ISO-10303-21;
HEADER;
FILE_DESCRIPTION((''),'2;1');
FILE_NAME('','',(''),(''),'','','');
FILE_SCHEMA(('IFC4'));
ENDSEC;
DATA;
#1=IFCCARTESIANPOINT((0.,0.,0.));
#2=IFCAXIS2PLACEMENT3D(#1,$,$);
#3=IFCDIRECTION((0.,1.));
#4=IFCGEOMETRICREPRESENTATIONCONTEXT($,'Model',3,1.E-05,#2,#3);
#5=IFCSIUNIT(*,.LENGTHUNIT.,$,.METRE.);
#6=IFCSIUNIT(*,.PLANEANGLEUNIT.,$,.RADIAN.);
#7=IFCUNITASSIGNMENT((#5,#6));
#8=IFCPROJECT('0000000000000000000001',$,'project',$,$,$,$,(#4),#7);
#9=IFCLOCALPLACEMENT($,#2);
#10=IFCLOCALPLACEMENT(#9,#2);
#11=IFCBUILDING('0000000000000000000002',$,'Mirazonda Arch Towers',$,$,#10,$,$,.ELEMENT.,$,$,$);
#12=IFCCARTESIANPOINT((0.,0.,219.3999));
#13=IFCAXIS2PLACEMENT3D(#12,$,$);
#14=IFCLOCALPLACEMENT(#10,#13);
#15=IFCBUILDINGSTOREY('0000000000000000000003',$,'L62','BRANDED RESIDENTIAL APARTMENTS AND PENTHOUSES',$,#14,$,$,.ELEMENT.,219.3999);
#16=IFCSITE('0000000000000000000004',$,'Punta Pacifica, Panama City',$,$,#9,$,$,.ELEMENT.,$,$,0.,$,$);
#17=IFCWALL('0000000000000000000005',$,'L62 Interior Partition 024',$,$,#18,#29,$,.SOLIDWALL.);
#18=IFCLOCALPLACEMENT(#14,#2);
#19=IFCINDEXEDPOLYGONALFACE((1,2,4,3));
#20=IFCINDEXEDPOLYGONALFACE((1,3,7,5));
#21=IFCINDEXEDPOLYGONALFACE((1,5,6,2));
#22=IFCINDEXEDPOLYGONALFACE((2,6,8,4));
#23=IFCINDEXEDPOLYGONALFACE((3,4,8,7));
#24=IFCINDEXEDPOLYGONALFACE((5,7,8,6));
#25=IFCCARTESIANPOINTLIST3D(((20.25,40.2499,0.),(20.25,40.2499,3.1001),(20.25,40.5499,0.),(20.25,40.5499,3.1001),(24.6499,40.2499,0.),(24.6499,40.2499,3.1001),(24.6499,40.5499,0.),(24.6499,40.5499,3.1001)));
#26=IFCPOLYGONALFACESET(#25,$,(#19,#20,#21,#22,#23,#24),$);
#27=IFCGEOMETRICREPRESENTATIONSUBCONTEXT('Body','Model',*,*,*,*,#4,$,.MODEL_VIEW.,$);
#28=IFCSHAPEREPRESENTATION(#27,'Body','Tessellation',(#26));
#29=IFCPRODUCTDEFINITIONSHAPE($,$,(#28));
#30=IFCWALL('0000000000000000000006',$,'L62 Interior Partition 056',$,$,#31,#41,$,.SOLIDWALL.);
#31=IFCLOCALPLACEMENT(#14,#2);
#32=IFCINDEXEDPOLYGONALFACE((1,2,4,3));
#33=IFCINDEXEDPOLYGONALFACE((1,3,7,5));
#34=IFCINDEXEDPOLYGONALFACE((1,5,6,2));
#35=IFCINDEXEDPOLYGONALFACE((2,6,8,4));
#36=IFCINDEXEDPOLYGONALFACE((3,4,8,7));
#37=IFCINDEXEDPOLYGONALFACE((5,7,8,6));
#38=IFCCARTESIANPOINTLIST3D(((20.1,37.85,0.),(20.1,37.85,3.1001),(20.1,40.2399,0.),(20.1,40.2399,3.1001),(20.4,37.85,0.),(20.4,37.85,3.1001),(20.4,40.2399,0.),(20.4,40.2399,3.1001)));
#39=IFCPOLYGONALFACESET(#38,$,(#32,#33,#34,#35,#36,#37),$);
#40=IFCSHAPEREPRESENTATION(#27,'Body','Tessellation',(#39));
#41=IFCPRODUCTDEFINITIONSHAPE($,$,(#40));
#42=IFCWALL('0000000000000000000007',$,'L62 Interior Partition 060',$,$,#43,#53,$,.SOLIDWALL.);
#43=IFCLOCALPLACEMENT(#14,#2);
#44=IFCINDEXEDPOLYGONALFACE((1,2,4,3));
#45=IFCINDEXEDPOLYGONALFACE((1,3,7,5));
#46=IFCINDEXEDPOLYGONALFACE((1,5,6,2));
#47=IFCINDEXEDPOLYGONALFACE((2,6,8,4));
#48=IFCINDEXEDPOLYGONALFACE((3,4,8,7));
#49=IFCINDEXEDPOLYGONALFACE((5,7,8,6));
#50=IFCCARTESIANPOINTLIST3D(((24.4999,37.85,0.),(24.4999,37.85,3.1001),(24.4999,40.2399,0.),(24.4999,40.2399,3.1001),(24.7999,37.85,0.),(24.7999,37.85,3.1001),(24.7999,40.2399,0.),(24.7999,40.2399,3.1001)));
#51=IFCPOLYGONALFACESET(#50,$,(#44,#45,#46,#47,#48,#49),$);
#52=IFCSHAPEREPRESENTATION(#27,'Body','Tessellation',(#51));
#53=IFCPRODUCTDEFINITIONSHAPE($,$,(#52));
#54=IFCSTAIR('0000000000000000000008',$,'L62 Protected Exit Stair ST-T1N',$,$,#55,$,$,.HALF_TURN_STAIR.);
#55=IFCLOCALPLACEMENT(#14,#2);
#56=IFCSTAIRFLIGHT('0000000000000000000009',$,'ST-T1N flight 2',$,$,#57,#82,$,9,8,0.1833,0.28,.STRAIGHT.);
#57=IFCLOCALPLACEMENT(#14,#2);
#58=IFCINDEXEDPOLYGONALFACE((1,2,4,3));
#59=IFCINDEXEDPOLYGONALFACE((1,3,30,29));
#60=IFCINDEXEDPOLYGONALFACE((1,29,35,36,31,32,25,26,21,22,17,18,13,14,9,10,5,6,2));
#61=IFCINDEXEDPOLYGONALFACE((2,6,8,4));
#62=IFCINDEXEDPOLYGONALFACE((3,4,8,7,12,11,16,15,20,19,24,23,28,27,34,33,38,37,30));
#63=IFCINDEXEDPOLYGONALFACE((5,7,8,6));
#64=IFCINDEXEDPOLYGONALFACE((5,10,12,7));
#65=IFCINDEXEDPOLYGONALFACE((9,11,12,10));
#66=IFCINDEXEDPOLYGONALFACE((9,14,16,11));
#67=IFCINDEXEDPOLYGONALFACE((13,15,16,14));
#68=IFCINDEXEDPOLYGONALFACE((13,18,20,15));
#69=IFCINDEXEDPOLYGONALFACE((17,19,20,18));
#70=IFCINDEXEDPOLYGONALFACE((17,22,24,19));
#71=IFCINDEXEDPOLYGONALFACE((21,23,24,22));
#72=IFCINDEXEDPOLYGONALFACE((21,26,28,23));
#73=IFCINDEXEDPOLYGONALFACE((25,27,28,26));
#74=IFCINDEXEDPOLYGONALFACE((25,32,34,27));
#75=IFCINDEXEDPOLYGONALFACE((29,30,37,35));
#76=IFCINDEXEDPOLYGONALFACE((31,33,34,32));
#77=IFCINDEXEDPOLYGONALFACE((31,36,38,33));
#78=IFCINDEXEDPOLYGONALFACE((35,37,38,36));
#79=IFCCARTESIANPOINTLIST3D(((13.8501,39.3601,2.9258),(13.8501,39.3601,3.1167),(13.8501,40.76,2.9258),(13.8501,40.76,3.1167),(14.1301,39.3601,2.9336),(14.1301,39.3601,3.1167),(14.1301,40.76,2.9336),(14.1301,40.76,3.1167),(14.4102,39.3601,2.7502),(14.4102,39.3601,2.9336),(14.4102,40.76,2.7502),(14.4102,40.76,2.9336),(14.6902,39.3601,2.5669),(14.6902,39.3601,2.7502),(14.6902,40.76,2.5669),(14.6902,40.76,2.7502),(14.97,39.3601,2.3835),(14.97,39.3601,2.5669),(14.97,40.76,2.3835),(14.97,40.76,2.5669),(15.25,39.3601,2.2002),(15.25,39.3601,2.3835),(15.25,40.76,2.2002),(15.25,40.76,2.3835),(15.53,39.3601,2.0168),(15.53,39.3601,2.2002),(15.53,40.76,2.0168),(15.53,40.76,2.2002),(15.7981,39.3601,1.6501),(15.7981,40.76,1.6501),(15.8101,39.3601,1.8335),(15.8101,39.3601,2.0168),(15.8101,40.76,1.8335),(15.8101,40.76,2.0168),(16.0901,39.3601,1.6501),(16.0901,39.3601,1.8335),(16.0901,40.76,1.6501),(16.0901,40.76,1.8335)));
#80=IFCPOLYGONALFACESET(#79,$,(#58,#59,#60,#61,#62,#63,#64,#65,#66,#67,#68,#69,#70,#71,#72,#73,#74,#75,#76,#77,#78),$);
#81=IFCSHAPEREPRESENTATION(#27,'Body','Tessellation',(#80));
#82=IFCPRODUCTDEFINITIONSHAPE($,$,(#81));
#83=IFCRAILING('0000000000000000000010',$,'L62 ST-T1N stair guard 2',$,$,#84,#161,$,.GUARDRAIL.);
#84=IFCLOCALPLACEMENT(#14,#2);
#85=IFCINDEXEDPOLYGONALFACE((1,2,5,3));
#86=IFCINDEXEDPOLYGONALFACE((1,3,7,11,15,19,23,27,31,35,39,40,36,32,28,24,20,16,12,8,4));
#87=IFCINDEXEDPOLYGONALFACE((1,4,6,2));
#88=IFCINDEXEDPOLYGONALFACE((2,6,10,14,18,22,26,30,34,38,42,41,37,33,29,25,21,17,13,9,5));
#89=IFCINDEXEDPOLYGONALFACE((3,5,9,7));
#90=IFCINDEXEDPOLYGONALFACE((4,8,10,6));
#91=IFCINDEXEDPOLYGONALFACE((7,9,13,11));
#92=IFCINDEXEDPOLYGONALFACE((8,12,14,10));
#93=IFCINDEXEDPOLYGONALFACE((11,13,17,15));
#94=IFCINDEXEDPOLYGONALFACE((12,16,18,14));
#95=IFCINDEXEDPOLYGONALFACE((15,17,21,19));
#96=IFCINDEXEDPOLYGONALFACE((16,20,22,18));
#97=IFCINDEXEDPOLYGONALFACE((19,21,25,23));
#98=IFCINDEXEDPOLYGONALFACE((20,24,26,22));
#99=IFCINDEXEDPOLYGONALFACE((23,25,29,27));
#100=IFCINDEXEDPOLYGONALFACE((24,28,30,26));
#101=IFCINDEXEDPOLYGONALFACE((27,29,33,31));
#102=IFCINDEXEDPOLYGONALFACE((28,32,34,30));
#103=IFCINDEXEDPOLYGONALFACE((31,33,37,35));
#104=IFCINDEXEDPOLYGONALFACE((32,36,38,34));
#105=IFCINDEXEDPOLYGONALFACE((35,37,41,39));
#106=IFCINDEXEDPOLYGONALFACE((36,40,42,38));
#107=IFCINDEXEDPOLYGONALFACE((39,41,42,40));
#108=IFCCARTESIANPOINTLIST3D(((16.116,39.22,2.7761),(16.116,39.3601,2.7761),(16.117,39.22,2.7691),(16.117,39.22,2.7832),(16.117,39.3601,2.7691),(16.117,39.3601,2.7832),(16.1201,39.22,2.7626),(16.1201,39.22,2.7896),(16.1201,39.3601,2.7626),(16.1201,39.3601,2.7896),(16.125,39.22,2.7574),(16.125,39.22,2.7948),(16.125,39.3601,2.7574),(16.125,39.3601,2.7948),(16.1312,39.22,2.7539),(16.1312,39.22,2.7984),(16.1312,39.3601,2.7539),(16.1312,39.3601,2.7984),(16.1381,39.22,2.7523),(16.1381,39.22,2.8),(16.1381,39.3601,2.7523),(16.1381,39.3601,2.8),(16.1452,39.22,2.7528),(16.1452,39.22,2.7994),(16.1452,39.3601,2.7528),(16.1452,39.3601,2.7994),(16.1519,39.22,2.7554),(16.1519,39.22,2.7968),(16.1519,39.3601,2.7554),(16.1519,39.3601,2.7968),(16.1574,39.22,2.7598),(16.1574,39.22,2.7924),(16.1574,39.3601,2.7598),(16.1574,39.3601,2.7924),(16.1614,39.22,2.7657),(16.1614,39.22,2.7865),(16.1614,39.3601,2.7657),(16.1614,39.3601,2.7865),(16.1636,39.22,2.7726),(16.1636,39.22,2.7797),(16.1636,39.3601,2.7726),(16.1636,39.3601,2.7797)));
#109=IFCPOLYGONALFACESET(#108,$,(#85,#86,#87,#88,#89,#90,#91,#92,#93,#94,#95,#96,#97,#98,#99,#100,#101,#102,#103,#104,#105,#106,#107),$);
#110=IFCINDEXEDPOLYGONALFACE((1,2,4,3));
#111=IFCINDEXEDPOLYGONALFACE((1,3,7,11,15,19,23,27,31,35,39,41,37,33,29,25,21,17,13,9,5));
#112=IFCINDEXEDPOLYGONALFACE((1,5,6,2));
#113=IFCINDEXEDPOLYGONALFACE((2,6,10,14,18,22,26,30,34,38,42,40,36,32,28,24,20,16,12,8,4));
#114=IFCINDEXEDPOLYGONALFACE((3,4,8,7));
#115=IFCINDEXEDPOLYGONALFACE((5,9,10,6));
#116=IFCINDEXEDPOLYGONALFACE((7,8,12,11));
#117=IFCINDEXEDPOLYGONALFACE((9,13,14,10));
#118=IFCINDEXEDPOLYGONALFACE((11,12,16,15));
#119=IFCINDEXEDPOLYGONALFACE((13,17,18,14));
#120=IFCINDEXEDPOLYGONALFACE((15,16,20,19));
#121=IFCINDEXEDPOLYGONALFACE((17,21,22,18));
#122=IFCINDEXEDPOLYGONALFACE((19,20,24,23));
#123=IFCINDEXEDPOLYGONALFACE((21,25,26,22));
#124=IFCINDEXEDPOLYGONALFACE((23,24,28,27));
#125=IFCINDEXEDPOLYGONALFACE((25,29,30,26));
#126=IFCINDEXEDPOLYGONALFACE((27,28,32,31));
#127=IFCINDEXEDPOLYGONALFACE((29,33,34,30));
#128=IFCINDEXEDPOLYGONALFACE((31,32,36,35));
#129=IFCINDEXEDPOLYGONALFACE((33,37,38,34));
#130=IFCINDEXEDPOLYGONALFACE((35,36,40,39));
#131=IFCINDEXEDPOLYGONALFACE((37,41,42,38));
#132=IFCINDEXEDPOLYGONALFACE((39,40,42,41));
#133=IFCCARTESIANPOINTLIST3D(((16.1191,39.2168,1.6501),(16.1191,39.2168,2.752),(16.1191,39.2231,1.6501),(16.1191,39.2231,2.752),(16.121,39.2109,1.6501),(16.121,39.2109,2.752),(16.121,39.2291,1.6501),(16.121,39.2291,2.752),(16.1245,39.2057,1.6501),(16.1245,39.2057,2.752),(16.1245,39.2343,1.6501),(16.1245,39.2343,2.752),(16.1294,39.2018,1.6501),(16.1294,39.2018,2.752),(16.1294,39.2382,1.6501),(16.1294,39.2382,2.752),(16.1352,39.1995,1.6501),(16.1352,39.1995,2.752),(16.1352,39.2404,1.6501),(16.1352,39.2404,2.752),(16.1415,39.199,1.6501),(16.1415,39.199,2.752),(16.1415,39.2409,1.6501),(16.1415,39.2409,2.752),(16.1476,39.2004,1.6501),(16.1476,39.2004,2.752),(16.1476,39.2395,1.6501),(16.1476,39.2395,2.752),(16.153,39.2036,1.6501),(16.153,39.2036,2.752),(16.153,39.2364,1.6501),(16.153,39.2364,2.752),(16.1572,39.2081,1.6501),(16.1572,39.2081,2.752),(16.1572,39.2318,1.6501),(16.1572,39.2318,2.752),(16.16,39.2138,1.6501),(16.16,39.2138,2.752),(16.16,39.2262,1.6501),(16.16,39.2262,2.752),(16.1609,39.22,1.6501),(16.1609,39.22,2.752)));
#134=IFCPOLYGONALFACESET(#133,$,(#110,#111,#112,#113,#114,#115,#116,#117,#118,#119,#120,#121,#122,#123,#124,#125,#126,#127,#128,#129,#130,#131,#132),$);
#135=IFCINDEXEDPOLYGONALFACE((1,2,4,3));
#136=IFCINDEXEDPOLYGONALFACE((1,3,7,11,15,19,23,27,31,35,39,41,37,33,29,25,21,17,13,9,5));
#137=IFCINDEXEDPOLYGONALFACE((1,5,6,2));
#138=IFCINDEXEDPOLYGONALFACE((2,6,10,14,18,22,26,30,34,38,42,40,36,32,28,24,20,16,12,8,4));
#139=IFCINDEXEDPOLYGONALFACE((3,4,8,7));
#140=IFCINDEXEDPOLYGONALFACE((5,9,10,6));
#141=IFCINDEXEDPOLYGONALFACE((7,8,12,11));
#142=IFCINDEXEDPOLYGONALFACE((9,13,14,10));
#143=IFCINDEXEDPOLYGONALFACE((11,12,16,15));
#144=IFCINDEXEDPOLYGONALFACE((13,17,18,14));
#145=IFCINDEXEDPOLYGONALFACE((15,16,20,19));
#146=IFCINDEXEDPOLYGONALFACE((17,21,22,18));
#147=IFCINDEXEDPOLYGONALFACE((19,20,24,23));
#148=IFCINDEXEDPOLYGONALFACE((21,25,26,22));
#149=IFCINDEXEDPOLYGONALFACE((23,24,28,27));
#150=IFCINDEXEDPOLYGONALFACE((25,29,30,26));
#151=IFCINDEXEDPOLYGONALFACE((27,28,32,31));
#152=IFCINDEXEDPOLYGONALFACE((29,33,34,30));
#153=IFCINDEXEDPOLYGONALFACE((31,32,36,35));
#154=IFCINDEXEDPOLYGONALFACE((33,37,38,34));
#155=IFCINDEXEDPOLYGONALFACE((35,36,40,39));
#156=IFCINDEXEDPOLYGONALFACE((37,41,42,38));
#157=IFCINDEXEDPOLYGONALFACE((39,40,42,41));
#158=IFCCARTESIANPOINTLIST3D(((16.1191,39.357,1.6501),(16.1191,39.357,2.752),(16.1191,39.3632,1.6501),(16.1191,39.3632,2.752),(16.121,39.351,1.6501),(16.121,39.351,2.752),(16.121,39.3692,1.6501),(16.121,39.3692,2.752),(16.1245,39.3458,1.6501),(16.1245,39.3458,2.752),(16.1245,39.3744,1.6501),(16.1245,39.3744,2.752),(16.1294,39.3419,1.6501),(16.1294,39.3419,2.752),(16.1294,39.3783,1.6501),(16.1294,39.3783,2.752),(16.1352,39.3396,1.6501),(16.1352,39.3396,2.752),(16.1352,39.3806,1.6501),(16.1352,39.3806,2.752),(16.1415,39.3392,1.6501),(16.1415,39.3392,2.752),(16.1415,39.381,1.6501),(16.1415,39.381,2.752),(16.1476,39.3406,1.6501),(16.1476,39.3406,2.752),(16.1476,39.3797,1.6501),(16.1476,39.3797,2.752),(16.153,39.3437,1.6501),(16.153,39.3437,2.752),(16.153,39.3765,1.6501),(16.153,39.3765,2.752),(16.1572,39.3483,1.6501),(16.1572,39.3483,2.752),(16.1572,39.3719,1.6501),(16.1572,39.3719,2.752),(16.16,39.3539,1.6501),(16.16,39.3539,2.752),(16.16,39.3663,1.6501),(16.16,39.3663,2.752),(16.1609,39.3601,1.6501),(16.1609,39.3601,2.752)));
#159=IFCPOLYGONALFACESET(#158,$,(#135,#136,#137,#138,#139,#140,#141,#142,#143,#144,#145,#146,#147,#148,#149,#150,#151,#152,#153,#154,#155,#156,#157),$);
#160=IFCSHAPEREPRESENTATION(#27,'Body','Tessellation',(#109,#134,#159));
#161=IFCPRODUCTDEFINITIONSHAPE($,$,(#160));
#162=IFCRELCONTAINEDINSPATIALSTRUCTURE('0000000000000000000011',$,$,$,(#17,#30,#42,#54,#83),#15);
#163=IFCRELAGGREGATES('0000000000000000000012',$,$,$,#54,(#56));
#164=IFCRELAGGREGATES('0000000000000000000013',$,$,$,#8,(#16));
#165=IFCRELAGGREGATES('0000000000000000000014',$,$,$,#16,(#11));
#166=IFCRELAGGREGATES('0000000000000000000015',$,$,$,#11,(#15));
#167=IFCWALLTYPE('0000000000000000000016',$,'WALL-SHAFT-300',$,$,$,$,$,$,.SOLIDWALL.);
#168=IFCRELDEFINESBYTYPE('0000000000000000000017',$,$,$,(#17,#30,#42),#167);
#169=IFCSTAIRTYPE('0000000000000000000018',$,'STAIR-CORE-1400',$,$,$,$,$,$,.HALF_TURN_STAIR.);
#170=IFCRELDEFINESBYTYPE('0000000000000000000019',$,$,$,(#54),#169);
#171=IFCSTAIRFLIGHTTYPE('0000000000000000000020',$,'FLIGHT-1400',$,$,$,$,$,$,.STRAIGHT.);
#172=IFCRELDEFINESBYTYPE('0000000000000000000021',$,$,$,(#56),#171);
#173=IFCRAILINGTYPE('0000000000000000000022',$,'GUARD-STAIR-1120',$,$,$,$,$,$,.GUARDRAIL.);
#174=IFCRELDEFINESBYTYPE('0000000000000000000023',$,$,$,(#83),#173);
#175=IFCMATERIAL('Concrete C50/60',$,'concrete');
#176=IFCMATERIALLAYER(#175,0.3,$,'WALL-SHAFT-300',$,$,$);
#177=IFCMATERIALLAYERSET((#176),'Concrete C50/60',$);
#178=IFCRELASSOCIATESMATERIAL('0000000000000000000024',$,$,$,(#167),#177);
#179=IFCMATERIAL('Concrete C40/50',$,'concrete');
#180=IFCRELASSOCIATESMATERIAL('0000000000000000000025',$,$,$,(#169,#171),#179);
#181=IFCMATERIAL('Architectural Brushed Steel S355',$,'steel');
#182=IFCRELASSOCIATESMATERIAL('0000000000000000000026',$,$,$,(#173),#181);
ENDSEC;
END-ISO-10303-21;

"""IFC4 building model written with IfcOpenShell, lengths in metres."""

from ifc_helpers import new_model, si_unit, direction, frame, frame_2d, origin, origin_2d, place, context, subcontext, project, spatial, polyline, rectangle, circle, outline, extrude, material, layer, layer_set, type_object, element, aggregate, save


model = new_model("IFC4")

# Units and contexts
model_context = context("Model", 3, precision=1e-05, world=origin(), true_north=direction((0.0, 1.0)))
body_context = subcontext(model_context, "Body", "Model", "MODEL_VIEW")
ifc_project = project(units=[si_unit("LENGTHUNIT", "METRE"), si_unit("PLANEANGLEUNIT", "RADIAN")], contexts=[model_context])

# Site, building, storey
site_placement = place(None, origin())
site = spatial("IfcSite", under=ifc_project, at=site_placement, Name="Punta Pacifica, Panama City", CompositionType="ELEMENT", RefElevation=0.0)
building_placement = place(site_placement, origin())
building = spatial("IfcBuilding", under=site, at=building_placement, Name="Mirazonda Arch Towers", CompositionType="ELEMENT")
storey_placement = place(building_placement, frame((0.0, 0.0, 219.3999)))
storey = spatial("IfcBuildingStorey", under=building, at=storey_placement, Name="L62", Description="BRANDED RESIDENTIAL APARTMENTS AND PENTHOUSES", CompositionType="ELEMENT", Elevation=219.3999)

# Shared definitions
ifc_material_1 = material(Name="Concrete C50/60", Category="concrete")

# Walls
ifc_material_2 = material(Name="Concrete C40/50", Category="concrete")
ifc_layer_1 = layer(ifc_material_1, 0.3, Name="WALL-SHAFT-300")
ifc_layer_set_1 = layer_set([ifc_layer_1], Name="Concrete C50/60")
wall_type_1 = type_object("IfcWallType", Name="WALL-SHAFT-300", PredefinedType="SOLIDWALL", material=ifc_layer_set_1)
wall_1_placement = place(storey_placement, frame((20.25, 40.3999, 0.0), z_axis=(0.0, 0.0, 1.0), x_axis=(1.0, 0.0, 0.0)))
element("IfcWall", 1, at=wall_1_placement, inside=storey, type_object=wall_type_1, Name="L62 Interior Partition 024", PredefinedType="SOLIDWALL", context=body_context, shape_type="SweptSolid", body=[
    extrude(rectangle(XDim=4.3999, YDim=0.3, at=frame_2d((2.2, 0.0))), origin(), (0.0, 0.0, 1.0), 3.1001),
])
for number, where, z_axis, x_axis, name in (
    (2, (20.25, 37.8501, 0.0), (0.0, 0.0, 1.0), (0.0, 1.0, 0.0), "L62 Interior Partition 056"),
    (3, (24.6499, 37.8501, 0.0), (0.0, 0.0, 1.0), (0.0, 1.0, 0.0), "L62 Interior Partition 060"),
):
    element("IfcWall", number, at=place(storey_placement, frame(where, z_axis=z_axis, x_axis=x_axis)), inside=storey, type_object=wall_type_1, Name=name, PredefinedType="SOLIDWALL", context=body_context, shape_type="SweptSolid", body=[
        extrude(rectangle(XDim=2.3899, YDim=0.3, at=frame_2d((1.1948, 0.0))), origin(), (0.0, 0.0, 1.0), 3.1001),
    ])

# Stair, stair flight
stair_type = type_object("IfcStairType", Name="STAIR-CORE-1400", PredefinedType="HALF_TURN_STAIR", material=ifc_material_2)
stair_placement = place(storey_placement, origin())
stair = element("IfcStair", 4, at=stair_placement, inside=storey, type_object=stair_type, Name="L62 Protected Exit Stair ST-T1N", PredefinedType="HALF_TURN_STAIR")
stair_flight_type = type_object("IfcStairFlightType", Name="FLIGHT-1400", PredefinedType="STRAIGHT", material=ifc_material_2)
stair_flight_placement = place(storey_placement, frame((16.0901, 40.0601, 1.6501), z_axis=(0.0, 0.0, 1.0), x_axis=(-1.0, 0.0, 0.0)))
stair_flight = element("IfcStairFlight", 5, at=stair_flight_placement, type_object=stair_flight_type, Name="ST-T1N flight 2", NumberOfRisers=9, NumberOfTreads=8, PredefinedType="STRAIGHT", RiserHeight=0.1833, TreadLength=0.28, context=body_context, shape_type="SweptSolid", body=[
    extrude(outline(polyline([(0.0, 0.0), (0.0, 0.1833), (0.28, 0.1833), (0.28, 0.3667), (0.5601, 0.3667), (0.5601, 0.55), (0.8401, 0.55), (0.8401, 0.7334), (1.1201, 0.7334), (1.1201, 0.9167), (1.3999, 0.9167), (1.3999, 1.1001), (1.6799, 1.1001), (1.6799, 1.2834), (1.96, 1.2834), (1.96, 1.4666), (2.24, 1.4666), (2.24, 1.6499), (2.24, 1.2756), (0.292, 0.0), (0.0, 0.0)])), frame((0.0, 0.7, 0.0), z_axis=(0.0, -1.0, 0.0), x_axis=(1.0, 0.0, 0.0)), (0.0, 0.0, 1.0), 1.3999),
])
aggregate(stair, [stair_flight])

# Railing
ifc_material_3 = material(Name="Architectural Brushed Steel S355", Category="steel")
railing_type_1 = type_object("IfcRailingType", Name="GUARD-STAIR-1120", PredefinedType="GUARDRAIL", material=ifc_material_3)
railing_1_placement = place(storey_placement, frame((16.1399, 39.22, 1.6501)))
element("IfcRailing", 6, at=railing_1_placement, inside=storey, type_object=railing_type_1, Name="L62 ST-T1N stair guard 2", PredefinedType="GUARDRAIL", context=body_context, shape_type="SweptSolid", body=[
    extrude(circle(Radius=0.0239, at=origin_2d()), frame((0.0, 0.0, 1.126), z_axis=(0.0, 1.0, 0.0), x_axis=(-1.0, 0.0, 0.0)), (0.0, 0.0, 1.0), 0.1401),
    extrude(circle(Radius=0.021, at=origin_2d()), origin(), (0.0, 0.0, 1.0), 1.1018),
    extrude(circle(Radius=0.021, at=origin_2d()), frame((0.0, 0.1401, 0.0)), (0.0, 0.0, 1.0), 1.1018),
])

save(model, "model.ifc")
